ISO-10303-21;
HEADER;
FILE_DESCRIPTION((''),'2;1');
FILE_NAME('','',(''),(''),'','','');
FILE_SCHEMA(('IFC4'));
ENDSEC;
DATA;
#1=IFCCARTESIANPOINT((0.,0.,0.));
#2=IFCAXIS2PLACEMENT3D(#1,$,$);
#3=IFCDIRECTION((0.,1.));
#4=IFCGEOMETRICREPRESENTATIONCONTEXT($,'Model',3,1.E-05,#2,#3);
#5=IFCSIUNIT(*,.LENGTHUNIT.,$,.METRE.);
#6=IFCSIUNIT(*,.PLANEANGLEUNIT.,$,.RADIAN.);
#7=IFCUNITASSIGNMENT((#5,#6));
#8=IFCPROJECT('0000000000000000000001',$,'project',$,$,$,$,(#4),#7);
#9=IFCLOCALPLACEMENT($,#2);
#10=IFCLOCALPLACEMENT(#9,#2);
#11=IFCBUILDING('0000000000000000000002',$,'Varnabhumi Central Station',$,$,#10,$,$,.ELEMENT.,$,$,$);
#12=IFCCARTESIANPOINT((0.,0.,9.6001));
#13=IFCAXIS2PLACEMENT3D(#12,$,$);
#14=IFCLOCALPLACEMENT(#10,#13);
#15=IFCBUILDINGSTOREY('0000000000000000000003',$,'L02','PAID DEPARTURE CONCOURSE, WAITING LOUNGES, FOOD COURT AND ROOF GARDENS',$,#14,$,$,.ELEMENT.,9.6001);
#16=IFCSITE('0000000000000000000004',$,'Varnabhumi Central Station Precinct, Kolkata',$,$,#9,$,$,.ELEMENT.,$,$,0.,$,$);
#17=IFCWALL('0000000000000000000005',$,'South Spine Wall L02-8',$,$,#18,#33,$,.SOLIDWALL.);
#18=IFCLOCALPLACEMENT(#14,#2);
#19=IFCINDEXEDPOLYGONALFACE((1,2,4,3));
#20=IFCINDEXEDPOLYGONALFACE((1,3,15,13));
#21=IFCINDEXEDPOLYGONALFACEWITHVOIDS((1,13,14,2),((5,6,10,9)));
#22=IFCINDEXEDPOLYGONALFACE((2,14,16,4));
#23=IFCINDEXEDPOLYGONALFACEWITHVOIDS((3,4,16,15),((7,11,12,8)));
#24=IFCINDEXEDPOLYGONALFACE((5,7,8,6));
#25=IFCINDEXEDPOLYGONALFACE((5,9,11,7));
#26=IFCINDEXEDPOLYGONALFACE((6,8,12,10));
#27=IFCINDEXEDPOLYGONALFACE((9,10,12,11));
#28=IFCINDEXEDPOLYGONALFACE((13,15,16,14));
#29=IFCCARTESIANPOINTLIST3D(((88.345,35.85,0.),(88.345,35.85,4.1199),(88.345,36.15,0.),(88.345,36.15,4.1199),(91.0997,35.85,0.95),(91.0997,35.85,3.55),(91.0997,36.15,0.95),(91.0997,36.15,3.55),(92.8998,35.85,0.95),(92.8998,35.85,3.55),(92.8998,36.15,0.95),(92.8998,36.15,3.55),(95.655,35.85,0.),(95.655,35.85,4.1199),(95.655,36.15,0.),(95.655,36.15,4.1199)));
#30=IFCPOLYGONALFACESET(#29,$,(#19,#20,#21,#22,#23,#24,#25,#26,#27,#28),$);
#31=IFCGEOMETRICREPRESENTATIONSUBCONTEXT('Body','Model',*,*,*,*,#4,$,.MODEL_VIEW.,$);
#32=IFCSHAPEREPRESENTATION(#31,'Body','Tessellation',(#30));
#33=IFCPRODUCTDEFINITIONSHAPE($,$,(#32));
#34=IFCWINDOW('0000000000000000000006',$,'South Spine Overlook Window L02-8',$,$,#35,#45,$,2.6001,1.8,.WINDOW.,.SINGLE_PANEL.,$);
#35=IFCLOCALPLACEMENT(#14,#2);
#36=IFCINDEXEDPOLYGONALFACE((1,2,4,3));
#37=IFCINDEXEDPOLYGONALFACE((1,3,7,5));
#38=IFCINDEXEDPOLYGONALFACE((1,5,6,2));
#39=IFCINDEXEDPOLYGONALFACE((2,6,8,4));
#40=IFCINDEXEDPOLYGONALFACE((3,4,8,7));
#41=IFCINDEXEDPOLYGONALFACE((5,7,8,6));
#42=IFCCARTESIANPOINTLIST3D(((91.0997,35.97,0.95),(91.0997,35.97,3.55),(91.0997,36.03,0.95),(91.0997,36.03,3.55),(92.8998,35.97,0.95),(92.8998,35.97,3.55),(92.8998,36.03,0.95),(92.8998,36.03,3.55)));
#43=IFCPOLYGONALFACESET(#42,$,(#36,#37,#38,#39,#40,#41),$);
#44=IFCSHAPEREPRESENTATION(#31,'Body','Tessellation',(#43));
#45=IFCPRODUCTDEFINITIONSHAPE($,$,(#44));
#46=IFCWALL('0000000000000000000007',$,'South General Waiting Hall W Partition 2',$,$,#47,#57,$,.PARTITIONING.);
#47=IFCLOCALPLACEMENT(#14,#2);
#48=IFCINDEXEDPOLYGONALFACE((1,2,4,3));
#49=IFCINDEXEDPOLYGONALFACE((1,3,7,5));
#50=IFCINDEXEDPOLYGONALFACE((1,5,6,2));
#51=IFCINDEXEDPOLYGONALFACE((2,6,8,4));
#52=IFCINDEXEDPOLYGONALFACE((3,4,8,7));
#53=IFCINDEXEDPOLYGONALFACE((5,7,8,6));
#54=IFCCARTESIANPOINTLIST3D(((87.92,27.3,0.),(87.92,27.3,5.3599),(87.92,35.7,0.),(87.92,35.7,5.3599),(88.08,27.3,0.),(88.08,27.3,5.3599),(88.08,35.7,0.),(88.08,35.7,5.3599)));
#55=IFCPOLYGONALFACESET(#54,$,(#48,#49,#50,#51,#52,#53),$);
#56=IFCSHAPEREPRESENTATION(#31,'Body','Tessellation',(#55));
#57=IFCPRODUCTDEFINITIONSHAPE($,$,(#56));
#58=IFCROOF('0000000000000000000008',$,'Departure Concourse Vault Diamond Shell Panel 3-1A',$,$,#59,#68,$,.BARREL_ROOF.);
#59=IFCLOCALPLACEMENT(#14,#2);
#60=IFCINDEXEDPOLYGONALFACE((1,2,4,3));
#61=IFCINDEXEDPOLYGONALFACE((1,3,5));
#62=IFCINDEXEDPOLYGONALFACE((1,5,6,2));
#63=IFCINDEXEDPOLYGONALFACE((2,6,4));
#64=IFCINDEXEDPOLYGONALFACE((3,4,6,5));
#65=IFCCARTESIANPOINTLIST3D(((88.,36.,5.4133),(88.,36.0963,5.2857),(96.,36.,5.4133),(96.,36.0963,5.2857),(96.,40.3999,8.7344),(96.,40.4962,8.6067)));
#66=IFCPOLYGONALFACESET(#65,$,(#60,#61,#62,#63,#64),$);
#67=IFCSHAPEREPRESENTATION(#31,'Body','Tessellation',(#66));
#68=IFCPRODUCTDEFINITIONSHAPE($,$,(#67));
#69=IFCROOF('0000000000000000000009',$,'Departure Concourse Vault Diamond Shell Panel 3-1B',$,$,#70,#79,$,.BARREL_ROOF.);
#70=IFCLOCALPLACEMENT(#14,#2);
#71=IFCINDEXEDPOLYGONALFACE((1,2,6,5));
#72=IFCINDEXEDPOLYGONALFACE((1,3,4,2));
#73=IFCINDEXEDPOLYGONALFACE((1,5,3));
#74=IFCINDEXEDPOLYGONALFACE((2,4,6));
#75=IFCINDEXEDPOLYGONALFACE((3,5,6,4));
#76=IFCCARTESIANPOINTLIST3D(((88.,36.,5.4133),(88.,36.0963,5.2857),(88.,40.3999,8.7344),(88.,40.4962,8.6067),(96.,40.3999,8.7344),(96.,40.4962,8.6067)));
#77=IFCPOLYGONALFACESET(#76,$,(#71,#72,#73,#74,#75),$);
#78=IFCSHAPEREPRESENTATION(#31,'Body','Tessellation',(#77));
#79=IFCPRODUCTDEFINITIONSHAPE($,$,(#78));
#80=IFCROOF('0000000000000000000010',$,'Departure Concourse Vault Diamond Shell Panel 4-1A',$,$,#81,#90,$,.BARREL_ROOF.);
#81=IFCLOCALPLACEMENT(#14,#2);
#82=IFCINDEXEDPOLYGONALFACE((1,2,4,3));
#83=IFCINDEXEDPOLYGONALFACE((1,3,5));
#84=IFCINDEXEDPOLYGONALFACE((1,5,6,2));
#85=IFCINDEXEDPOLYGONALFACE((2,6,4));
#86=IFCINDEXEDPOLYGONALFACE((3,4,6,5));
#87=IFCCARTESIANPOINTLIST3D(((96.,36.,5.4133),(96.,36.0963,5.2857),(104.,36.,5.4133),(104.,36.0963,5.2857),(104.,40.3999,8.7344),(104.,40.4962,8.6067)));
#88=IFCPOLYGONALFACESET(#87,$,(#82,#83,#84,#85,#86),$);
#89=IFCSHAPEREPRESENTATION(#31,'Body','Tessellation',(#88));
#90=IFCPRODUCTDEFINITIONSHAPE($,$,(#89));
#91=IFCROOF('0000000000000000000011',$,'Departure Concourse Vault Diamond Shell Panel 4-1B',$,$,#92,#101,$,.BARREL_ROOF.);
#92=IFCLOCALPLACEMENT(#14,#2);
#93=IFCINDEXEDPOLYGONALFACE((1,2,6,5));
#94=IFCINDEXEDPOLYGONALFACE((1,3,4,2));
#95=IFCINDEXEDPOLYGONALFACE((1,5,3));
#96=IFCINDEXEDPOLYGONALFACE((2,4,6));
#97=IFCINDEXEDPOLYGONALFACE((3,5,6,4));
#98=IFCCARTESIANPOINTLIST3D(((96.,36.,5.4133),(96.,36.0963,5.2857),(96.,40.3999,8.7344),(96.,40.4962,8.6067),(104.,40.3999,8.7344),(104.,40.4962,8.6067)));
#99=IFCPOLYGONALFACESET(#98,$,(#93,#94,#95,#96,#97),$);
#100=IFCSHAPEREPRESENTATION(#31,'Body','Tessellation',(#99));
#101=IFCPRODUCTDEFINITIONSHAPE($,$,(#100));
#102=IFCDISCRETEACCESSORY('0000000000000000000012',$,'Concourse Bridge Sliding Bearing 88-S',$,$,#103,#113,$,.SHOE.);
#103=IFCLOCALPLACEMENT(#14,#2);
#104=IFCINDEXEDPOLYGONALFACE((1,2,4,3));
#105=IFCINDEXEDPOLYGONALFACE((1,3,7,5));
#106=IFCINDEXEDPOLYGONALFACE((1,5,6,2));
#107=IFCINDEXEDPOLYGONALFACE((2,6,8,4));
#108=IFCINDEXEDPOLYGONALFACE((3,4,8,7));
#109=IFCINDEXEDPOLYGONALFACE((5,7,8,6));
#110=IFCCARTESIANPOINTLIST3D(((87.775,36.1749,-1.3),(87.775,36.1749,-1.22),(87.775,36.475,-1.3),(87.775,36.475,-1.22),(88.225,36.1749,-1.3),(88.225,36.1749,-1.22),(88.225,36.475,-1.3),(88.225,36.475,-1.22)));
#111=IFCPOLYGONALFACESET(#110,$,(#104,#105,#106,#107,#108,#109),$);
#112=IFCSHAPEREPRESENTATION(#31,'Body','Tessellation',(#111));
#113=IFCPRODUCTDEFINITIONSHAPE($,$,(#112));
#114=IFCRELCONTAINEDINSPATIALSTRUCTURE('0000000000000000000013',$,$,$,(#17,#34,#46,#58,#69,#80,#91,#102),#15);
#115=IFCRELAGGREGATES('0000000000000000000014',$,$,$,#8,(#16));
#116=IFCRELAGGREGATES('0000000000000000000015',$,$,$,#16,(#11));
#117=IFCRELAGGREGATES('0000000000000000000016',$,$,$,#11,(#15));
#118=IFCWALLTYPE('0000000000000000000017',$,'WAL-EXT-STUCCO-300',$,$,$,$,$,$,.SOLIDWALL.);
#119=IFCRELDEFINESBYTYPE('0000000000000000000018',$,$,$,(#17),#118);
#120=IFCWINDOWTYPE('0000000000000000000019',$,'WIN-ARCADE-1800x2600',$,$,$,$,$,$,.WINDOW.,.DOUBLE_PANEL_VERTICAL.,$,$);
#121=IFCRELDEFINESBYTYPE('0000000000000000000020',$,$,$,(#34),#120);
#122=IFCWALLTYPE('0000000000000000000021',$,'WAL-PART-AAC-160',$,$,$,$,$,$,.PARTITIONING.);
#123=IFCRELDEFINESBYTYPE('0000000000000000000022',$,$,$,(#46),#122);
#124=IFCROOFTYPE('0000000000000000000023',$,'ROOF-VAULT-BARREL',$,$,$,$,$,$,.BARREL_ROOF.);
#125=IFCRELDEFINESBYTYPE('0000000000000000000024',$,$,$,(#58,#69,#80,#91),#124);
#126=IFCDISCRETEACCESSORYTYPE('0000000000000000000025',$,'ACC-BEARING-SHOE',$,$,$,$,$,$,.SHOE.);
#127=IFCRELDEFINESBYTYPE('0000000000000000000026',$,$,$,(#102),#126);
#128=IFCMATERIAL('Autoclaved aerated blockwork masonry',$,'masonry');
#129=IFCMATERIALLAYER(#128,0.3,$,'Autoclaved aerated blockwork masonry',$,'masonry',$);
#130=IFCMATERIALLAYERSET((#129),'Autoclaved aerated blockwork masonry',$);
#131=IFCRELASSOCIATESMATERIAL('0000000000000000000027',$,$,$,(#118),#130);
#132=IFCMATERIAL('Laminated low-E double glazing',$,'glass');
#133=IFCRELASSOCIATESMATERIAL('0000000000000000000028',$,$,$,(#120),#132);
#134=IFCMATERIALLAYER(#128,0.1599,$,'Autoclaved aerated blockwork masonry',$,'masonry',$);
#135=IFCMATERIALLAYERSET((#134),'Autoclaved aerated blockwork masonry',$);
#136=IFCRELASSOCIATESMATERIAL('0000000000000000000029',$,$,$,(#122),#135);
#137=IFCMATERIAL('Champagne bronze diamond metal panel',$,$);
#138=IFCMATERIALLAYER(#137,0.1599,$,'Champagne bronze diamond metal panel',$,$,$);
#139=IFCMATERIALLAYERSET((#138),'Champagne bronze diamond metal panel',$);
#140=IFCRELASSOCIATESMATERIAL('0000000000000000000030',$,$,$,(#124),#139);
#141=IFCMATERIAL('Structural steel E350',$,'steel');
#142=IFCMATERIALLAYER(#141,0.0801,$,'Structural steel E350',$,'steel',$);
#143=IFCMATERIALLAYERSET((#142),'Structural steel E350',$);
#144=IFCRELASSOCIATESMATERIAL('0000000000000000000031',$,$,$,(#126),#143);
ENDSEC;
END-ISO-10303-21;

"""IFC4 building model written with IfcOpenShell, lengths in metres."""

from ifc_helpers import new_model, si_unit, direction, frame, frame_2d, origin, origin_2d, place, context, subcontext, project, spatial, polyline, rectangle, outline, extrude, material, layer, layer_set, type_object, element, fill, save


model = new_model("IFC4")

# Units and contexts
model_context = context("Model", 3, precision=1e-05, world=origin(), true_north=direction((0.0, 1.0)))
body_context = subcontext(model_context, "Body", "Model", "MODEL_VIEW")
ifc_project = project(units=[si_unit("LENGTHUNIT", "METRE"), si_unit("PLANEANGLEUNIT", "RADIAN")], contexts=[model_context])

# Site, building, storey
site_placement = place(None, origin())
site = spatial("IfcSite", under=ifc_project, at=site_placement, Name="Varnabhumi Central Station Precinct, Kolkata", CompositionType="ELEMENT", RefElevation=0.0)
building_placement = place(site_placement, origin())
building = spatial("IfcBuilding", under=site, at=building_placement, Name="Varnabhumi Central Station", CompositionType="ELEMENT")
storey_placement = place(building_placement, frame((0.0, 0.0, 9.6001)))
storey = spatial("IfcBuildingStorey", under=building, at=storey_placement, Name="L02", Description="PAID DEPARTURE CONCOURSE, WAITING LOUNGES, FOOD COURT AND ROOF GARDENS", CompositionType="ELEMENT", Elevation=9.6001)

# Shared definitions
ifc_material_1 = material(Name="Structural steel E350", Category="steel")

# Shared definitions
ifc_material_2 = material(Name="Laminated low-E double glazing", Category="glass")

# Wall, opening, window
ifc_material_3 = material(Name="Autoclaved aerated blockwork masonry", Category="masonry")
ifc_layer_1 = layer(ifc_material_3, 0.3, Name="Autoclaved aerated blockwork masonry", Category="masonry")
ifc_layer_set_1 = layer_set([ifc_layer_1], Name="Autoclaved aerated blockwork masonry")
wall_type_1 = type_object("IfcWallType", Name="WAL-EXT-STUCCO-300", PredefinedType="SOLIDWALL", material=ifc_layer_set_1)
wall_1_placement = place(storey_placement, frame((88.345, 36.0, 0.0), z_axis=(0.0, 0.0, 1.0), x_axis=(1.0, 0.0, 0.0)))
wall_1 = element("IfcWall", 1, at=wall_1_placement, inside=storey, type_object=wall_type_1, Name="South Spine Wall L02-8", PredefinedType="SOLIDWALL", context=body_context, shape_type="SweptSolid", body=[
    extrude(rectangle(XDim=7.3101, YDim=0.3, at=frame_2d((3.655, 0.0))), origin(), (0.0, 0.0, 1.0), 4.1199),
])
opening_placement = place(wall_1_placement, frame((2.7549, 0.0, 0.95)))
opening = element("IfcOpeningElement", 2, at=opening_placement, cuts=wall_1, PredefinedType="OPENING", context=body_context, shape_type="SweptSolid", body=[
    extrude(rectangle(XDim=1.8, YDim=2.6001, at=frame_2d((0.8999, 1.3))), frame((0.0, 0.1599, 0.0), z_axis=(0.0, -1.0, 0.0), x_axis=(1.0, 0.0, 0.0)), (0.0, 0.0, 1.0), 0.3201),
])
window_type = type_object("IfcWindowType", Name="WIN-ARCADE-1800x2600", PartitioningType="DOUBLE_PANEL_VERTICAL", PredefinedType="WINDOW", material=ifc_material_2)
window_placement = place(opening_placement, origin())
window = element("IfcWindow", 3, at=window_placement, inside=storey, type_object=window_type, Name="South Spine Overlook Window L02-8", OverallHeight=2.6001, OverallWidth=1.8, PartitioningType="SINGLE_PANEL", PredefinedType="WINDOW", context=body_context, shape_type="SweptSolid", body=[
    extrude(rectangle(XDim=1.8, YDim=2.6001, at=frame_2d((0.8999, 1.3))), frame((0.0, 0.03, 0.0), z_axis=(0.0, -1.0, 0.0), x_axis=(1.0, 0.0, 0.0)), (0.0, 0.0, 1.0), 0.0601),
])
fill(opening, window)

# Wall
ifc_layer_2 = layer(ifc_material_3, 0.1599, Name="Autoclaved aerated blockwork masonry", Category="masonry")
ifc_layer_set_2 = layer_set([ifc_layer_2], Name="Autoclaved aerated blockwork masonry")
wall_type_2 = type_object("IfcWallType", Name="WAL-PART-AAC-160", PredefinedType="PARTITIONING", material=ifc_layer_set_2)
wall_2_placement = place(storey_placement, frame((88.0, 27.3, 0.0), z_axis=(0.0, 0.0, 1.0), x_axis=(0.0, 1.0, 0.0)))
element("IfcWall", 4, at=wall_2_placement, inside=storey, type_object=wall_type_2, Name="South General Waiting Hall W Partition 2", PredefinedType="PARTITIONING", context=body_context, shape_type="SweptSolid", body=[
    extrude(rectangle(XDim=8.3999, YDim=0.1599, at=frame_2d((4.2, 0.0))), origin(), (0.0, 0.0, 1.0), 5.3599),
])

# Roofs
ifc_material_4 = material(Name="Champagne bronze diamond metal panel")
ifc_layer_3 = layer(ifc_material_4, 0.1599, Name="Champagne bronze diamond metal panel")
ifc_layer_set_3 = layer_set([ifc_layer_3], Name="Champagne bronze diamond metal panel")
roof_type = type_object("IfcRoofType", Name="ROOF-VAULT-BARREL", PredefinedType="BARREL_ROOF", material=ifc_layer_set_3)
roof_1_placement = place(storey_placement, frame((88.0, 36.0, 5.4133), z_axis=(0.0, -0.602449, 0.798157), x_axis=(1.0, 0.0, 0.0)))
element("IfcRoof", 5, at=roof_1_placement, inside=storey, type_object=roof_type, Name="Departure Concourse Vault Diamond Shell Panel 3-1A", PredefinedType="BARREL_ROOF", context=body_context, shape_type="SweptSolid", body=[
    extrude(outline(polyline([(0.0, 0.0), (8.0, 0.0), (8.0, 5.5126), (0.0, 0.0)])), origin(), (0.0, 0.0, -1.0), 0.1599),
])
roof_2_placement = place(storey_placement, frame((88.0, 36.0, 5.4133), z_axis=(0.0, -0.602449, 0.798157), x_axis=(0.823437, 0.45288, 0.341834)))
element("IfcRoof", 6, at=roof_2_placement, inside=storey, type_object=roof_type, Name="Departure Concourse Vault Diamond Shell Panel 3-1B", PredefinedType="BARREL_ROOF", context=body_context, shape_type="SweptSolid", body=[
    extrude(outline(polyline([(0.0, 0.0), (9.7154, 0.0), (3.1279, 4.5393), (0.0, 0.0)])), origin(), (0.0, 0.0, -1.0), 0.1599),
])
roof_3_placement = place(storey_placement, frame((96.0, 36.0, 5.4133), z_axis=(0.0, -0.602449, 0.798157), x_axis=(1.0, 0.0, 0.0)))
element("IfcRoof", 7, at=roof_3_placement, inside=storey, type_object=roof_type, Name="Departure Concourse Vault Diamond Shell Panel 4-1A", PredefinedType="BARREL_ROOF", context=body_context, shape_type="SweptSolid", body=[
    extrude(outline(polyline([(0.0, 0.0), (8.0, 0.0), (8.0, 5.5126), (0.0, 0.0)])), origin(), (0.0, 0.0, -1.0), 0.1599),
])
roof_4_placement = place(storey_placement, frame((96.0, 36.0, 5.4133), z_axis=(0.0, -0.602449, 0.798157), x_axis=(0.823437, 0.45288, 0.341834)))
element("IfcRoof", 8, at=roof_4_placement, inside=storey, type_object=roof_type, Name="Departure Concourse Vault Diamond Shell Panel 4-1B", PredefinedType="BARREL_ROOF", context=body_context, shape_type="SweptSolid", body=[
    extrude(outline(polyline([(0.0, 0.0), (9.7154, 0.0), (3.1279, 4.5393), (0.0, 0.0)])), origin(), (0.0, 0.0, -1.0), 0.1599),
])

# Discrete accessory
ifc_layer_4 = layer(ifc_material_1, 0.0801, Name="Structural steel E350", Category="steel")
ifc_layer_set_4 = layer_set([ifc_layer_4], Name="Structural steel E350")
discrete_accessory_type = type_object("IfcDiscreteAccessoryType", Name="ACC-BEARING-SHOE", PredefinedType="SHOE", material=ifc_layer_set_4)
discrete_accessory_placement = place(storey_placement, frame((88.0, 36.325, -1.3), z_axis=(0.0, 0.0, 1.0), x_axis=(1.0, 0.0, 0.0)))
element("IfcDiscreteAccessory", 9, at=discrete_accessory_placement, inside=storey, type_object=discrete_accessory_type, Name="Concourse Bridge Sliding Bearing 88-S", PredefinedType="SHOE", context=body_context, shape_type="SweptSolid", body=[
    extrude(rectangle(XDim=0.45, YDim=0.3, at=origin_2d()), origin(), (0.0, 0.0, 1.0), 0.0801),
])

save(model, "model.ifc")
